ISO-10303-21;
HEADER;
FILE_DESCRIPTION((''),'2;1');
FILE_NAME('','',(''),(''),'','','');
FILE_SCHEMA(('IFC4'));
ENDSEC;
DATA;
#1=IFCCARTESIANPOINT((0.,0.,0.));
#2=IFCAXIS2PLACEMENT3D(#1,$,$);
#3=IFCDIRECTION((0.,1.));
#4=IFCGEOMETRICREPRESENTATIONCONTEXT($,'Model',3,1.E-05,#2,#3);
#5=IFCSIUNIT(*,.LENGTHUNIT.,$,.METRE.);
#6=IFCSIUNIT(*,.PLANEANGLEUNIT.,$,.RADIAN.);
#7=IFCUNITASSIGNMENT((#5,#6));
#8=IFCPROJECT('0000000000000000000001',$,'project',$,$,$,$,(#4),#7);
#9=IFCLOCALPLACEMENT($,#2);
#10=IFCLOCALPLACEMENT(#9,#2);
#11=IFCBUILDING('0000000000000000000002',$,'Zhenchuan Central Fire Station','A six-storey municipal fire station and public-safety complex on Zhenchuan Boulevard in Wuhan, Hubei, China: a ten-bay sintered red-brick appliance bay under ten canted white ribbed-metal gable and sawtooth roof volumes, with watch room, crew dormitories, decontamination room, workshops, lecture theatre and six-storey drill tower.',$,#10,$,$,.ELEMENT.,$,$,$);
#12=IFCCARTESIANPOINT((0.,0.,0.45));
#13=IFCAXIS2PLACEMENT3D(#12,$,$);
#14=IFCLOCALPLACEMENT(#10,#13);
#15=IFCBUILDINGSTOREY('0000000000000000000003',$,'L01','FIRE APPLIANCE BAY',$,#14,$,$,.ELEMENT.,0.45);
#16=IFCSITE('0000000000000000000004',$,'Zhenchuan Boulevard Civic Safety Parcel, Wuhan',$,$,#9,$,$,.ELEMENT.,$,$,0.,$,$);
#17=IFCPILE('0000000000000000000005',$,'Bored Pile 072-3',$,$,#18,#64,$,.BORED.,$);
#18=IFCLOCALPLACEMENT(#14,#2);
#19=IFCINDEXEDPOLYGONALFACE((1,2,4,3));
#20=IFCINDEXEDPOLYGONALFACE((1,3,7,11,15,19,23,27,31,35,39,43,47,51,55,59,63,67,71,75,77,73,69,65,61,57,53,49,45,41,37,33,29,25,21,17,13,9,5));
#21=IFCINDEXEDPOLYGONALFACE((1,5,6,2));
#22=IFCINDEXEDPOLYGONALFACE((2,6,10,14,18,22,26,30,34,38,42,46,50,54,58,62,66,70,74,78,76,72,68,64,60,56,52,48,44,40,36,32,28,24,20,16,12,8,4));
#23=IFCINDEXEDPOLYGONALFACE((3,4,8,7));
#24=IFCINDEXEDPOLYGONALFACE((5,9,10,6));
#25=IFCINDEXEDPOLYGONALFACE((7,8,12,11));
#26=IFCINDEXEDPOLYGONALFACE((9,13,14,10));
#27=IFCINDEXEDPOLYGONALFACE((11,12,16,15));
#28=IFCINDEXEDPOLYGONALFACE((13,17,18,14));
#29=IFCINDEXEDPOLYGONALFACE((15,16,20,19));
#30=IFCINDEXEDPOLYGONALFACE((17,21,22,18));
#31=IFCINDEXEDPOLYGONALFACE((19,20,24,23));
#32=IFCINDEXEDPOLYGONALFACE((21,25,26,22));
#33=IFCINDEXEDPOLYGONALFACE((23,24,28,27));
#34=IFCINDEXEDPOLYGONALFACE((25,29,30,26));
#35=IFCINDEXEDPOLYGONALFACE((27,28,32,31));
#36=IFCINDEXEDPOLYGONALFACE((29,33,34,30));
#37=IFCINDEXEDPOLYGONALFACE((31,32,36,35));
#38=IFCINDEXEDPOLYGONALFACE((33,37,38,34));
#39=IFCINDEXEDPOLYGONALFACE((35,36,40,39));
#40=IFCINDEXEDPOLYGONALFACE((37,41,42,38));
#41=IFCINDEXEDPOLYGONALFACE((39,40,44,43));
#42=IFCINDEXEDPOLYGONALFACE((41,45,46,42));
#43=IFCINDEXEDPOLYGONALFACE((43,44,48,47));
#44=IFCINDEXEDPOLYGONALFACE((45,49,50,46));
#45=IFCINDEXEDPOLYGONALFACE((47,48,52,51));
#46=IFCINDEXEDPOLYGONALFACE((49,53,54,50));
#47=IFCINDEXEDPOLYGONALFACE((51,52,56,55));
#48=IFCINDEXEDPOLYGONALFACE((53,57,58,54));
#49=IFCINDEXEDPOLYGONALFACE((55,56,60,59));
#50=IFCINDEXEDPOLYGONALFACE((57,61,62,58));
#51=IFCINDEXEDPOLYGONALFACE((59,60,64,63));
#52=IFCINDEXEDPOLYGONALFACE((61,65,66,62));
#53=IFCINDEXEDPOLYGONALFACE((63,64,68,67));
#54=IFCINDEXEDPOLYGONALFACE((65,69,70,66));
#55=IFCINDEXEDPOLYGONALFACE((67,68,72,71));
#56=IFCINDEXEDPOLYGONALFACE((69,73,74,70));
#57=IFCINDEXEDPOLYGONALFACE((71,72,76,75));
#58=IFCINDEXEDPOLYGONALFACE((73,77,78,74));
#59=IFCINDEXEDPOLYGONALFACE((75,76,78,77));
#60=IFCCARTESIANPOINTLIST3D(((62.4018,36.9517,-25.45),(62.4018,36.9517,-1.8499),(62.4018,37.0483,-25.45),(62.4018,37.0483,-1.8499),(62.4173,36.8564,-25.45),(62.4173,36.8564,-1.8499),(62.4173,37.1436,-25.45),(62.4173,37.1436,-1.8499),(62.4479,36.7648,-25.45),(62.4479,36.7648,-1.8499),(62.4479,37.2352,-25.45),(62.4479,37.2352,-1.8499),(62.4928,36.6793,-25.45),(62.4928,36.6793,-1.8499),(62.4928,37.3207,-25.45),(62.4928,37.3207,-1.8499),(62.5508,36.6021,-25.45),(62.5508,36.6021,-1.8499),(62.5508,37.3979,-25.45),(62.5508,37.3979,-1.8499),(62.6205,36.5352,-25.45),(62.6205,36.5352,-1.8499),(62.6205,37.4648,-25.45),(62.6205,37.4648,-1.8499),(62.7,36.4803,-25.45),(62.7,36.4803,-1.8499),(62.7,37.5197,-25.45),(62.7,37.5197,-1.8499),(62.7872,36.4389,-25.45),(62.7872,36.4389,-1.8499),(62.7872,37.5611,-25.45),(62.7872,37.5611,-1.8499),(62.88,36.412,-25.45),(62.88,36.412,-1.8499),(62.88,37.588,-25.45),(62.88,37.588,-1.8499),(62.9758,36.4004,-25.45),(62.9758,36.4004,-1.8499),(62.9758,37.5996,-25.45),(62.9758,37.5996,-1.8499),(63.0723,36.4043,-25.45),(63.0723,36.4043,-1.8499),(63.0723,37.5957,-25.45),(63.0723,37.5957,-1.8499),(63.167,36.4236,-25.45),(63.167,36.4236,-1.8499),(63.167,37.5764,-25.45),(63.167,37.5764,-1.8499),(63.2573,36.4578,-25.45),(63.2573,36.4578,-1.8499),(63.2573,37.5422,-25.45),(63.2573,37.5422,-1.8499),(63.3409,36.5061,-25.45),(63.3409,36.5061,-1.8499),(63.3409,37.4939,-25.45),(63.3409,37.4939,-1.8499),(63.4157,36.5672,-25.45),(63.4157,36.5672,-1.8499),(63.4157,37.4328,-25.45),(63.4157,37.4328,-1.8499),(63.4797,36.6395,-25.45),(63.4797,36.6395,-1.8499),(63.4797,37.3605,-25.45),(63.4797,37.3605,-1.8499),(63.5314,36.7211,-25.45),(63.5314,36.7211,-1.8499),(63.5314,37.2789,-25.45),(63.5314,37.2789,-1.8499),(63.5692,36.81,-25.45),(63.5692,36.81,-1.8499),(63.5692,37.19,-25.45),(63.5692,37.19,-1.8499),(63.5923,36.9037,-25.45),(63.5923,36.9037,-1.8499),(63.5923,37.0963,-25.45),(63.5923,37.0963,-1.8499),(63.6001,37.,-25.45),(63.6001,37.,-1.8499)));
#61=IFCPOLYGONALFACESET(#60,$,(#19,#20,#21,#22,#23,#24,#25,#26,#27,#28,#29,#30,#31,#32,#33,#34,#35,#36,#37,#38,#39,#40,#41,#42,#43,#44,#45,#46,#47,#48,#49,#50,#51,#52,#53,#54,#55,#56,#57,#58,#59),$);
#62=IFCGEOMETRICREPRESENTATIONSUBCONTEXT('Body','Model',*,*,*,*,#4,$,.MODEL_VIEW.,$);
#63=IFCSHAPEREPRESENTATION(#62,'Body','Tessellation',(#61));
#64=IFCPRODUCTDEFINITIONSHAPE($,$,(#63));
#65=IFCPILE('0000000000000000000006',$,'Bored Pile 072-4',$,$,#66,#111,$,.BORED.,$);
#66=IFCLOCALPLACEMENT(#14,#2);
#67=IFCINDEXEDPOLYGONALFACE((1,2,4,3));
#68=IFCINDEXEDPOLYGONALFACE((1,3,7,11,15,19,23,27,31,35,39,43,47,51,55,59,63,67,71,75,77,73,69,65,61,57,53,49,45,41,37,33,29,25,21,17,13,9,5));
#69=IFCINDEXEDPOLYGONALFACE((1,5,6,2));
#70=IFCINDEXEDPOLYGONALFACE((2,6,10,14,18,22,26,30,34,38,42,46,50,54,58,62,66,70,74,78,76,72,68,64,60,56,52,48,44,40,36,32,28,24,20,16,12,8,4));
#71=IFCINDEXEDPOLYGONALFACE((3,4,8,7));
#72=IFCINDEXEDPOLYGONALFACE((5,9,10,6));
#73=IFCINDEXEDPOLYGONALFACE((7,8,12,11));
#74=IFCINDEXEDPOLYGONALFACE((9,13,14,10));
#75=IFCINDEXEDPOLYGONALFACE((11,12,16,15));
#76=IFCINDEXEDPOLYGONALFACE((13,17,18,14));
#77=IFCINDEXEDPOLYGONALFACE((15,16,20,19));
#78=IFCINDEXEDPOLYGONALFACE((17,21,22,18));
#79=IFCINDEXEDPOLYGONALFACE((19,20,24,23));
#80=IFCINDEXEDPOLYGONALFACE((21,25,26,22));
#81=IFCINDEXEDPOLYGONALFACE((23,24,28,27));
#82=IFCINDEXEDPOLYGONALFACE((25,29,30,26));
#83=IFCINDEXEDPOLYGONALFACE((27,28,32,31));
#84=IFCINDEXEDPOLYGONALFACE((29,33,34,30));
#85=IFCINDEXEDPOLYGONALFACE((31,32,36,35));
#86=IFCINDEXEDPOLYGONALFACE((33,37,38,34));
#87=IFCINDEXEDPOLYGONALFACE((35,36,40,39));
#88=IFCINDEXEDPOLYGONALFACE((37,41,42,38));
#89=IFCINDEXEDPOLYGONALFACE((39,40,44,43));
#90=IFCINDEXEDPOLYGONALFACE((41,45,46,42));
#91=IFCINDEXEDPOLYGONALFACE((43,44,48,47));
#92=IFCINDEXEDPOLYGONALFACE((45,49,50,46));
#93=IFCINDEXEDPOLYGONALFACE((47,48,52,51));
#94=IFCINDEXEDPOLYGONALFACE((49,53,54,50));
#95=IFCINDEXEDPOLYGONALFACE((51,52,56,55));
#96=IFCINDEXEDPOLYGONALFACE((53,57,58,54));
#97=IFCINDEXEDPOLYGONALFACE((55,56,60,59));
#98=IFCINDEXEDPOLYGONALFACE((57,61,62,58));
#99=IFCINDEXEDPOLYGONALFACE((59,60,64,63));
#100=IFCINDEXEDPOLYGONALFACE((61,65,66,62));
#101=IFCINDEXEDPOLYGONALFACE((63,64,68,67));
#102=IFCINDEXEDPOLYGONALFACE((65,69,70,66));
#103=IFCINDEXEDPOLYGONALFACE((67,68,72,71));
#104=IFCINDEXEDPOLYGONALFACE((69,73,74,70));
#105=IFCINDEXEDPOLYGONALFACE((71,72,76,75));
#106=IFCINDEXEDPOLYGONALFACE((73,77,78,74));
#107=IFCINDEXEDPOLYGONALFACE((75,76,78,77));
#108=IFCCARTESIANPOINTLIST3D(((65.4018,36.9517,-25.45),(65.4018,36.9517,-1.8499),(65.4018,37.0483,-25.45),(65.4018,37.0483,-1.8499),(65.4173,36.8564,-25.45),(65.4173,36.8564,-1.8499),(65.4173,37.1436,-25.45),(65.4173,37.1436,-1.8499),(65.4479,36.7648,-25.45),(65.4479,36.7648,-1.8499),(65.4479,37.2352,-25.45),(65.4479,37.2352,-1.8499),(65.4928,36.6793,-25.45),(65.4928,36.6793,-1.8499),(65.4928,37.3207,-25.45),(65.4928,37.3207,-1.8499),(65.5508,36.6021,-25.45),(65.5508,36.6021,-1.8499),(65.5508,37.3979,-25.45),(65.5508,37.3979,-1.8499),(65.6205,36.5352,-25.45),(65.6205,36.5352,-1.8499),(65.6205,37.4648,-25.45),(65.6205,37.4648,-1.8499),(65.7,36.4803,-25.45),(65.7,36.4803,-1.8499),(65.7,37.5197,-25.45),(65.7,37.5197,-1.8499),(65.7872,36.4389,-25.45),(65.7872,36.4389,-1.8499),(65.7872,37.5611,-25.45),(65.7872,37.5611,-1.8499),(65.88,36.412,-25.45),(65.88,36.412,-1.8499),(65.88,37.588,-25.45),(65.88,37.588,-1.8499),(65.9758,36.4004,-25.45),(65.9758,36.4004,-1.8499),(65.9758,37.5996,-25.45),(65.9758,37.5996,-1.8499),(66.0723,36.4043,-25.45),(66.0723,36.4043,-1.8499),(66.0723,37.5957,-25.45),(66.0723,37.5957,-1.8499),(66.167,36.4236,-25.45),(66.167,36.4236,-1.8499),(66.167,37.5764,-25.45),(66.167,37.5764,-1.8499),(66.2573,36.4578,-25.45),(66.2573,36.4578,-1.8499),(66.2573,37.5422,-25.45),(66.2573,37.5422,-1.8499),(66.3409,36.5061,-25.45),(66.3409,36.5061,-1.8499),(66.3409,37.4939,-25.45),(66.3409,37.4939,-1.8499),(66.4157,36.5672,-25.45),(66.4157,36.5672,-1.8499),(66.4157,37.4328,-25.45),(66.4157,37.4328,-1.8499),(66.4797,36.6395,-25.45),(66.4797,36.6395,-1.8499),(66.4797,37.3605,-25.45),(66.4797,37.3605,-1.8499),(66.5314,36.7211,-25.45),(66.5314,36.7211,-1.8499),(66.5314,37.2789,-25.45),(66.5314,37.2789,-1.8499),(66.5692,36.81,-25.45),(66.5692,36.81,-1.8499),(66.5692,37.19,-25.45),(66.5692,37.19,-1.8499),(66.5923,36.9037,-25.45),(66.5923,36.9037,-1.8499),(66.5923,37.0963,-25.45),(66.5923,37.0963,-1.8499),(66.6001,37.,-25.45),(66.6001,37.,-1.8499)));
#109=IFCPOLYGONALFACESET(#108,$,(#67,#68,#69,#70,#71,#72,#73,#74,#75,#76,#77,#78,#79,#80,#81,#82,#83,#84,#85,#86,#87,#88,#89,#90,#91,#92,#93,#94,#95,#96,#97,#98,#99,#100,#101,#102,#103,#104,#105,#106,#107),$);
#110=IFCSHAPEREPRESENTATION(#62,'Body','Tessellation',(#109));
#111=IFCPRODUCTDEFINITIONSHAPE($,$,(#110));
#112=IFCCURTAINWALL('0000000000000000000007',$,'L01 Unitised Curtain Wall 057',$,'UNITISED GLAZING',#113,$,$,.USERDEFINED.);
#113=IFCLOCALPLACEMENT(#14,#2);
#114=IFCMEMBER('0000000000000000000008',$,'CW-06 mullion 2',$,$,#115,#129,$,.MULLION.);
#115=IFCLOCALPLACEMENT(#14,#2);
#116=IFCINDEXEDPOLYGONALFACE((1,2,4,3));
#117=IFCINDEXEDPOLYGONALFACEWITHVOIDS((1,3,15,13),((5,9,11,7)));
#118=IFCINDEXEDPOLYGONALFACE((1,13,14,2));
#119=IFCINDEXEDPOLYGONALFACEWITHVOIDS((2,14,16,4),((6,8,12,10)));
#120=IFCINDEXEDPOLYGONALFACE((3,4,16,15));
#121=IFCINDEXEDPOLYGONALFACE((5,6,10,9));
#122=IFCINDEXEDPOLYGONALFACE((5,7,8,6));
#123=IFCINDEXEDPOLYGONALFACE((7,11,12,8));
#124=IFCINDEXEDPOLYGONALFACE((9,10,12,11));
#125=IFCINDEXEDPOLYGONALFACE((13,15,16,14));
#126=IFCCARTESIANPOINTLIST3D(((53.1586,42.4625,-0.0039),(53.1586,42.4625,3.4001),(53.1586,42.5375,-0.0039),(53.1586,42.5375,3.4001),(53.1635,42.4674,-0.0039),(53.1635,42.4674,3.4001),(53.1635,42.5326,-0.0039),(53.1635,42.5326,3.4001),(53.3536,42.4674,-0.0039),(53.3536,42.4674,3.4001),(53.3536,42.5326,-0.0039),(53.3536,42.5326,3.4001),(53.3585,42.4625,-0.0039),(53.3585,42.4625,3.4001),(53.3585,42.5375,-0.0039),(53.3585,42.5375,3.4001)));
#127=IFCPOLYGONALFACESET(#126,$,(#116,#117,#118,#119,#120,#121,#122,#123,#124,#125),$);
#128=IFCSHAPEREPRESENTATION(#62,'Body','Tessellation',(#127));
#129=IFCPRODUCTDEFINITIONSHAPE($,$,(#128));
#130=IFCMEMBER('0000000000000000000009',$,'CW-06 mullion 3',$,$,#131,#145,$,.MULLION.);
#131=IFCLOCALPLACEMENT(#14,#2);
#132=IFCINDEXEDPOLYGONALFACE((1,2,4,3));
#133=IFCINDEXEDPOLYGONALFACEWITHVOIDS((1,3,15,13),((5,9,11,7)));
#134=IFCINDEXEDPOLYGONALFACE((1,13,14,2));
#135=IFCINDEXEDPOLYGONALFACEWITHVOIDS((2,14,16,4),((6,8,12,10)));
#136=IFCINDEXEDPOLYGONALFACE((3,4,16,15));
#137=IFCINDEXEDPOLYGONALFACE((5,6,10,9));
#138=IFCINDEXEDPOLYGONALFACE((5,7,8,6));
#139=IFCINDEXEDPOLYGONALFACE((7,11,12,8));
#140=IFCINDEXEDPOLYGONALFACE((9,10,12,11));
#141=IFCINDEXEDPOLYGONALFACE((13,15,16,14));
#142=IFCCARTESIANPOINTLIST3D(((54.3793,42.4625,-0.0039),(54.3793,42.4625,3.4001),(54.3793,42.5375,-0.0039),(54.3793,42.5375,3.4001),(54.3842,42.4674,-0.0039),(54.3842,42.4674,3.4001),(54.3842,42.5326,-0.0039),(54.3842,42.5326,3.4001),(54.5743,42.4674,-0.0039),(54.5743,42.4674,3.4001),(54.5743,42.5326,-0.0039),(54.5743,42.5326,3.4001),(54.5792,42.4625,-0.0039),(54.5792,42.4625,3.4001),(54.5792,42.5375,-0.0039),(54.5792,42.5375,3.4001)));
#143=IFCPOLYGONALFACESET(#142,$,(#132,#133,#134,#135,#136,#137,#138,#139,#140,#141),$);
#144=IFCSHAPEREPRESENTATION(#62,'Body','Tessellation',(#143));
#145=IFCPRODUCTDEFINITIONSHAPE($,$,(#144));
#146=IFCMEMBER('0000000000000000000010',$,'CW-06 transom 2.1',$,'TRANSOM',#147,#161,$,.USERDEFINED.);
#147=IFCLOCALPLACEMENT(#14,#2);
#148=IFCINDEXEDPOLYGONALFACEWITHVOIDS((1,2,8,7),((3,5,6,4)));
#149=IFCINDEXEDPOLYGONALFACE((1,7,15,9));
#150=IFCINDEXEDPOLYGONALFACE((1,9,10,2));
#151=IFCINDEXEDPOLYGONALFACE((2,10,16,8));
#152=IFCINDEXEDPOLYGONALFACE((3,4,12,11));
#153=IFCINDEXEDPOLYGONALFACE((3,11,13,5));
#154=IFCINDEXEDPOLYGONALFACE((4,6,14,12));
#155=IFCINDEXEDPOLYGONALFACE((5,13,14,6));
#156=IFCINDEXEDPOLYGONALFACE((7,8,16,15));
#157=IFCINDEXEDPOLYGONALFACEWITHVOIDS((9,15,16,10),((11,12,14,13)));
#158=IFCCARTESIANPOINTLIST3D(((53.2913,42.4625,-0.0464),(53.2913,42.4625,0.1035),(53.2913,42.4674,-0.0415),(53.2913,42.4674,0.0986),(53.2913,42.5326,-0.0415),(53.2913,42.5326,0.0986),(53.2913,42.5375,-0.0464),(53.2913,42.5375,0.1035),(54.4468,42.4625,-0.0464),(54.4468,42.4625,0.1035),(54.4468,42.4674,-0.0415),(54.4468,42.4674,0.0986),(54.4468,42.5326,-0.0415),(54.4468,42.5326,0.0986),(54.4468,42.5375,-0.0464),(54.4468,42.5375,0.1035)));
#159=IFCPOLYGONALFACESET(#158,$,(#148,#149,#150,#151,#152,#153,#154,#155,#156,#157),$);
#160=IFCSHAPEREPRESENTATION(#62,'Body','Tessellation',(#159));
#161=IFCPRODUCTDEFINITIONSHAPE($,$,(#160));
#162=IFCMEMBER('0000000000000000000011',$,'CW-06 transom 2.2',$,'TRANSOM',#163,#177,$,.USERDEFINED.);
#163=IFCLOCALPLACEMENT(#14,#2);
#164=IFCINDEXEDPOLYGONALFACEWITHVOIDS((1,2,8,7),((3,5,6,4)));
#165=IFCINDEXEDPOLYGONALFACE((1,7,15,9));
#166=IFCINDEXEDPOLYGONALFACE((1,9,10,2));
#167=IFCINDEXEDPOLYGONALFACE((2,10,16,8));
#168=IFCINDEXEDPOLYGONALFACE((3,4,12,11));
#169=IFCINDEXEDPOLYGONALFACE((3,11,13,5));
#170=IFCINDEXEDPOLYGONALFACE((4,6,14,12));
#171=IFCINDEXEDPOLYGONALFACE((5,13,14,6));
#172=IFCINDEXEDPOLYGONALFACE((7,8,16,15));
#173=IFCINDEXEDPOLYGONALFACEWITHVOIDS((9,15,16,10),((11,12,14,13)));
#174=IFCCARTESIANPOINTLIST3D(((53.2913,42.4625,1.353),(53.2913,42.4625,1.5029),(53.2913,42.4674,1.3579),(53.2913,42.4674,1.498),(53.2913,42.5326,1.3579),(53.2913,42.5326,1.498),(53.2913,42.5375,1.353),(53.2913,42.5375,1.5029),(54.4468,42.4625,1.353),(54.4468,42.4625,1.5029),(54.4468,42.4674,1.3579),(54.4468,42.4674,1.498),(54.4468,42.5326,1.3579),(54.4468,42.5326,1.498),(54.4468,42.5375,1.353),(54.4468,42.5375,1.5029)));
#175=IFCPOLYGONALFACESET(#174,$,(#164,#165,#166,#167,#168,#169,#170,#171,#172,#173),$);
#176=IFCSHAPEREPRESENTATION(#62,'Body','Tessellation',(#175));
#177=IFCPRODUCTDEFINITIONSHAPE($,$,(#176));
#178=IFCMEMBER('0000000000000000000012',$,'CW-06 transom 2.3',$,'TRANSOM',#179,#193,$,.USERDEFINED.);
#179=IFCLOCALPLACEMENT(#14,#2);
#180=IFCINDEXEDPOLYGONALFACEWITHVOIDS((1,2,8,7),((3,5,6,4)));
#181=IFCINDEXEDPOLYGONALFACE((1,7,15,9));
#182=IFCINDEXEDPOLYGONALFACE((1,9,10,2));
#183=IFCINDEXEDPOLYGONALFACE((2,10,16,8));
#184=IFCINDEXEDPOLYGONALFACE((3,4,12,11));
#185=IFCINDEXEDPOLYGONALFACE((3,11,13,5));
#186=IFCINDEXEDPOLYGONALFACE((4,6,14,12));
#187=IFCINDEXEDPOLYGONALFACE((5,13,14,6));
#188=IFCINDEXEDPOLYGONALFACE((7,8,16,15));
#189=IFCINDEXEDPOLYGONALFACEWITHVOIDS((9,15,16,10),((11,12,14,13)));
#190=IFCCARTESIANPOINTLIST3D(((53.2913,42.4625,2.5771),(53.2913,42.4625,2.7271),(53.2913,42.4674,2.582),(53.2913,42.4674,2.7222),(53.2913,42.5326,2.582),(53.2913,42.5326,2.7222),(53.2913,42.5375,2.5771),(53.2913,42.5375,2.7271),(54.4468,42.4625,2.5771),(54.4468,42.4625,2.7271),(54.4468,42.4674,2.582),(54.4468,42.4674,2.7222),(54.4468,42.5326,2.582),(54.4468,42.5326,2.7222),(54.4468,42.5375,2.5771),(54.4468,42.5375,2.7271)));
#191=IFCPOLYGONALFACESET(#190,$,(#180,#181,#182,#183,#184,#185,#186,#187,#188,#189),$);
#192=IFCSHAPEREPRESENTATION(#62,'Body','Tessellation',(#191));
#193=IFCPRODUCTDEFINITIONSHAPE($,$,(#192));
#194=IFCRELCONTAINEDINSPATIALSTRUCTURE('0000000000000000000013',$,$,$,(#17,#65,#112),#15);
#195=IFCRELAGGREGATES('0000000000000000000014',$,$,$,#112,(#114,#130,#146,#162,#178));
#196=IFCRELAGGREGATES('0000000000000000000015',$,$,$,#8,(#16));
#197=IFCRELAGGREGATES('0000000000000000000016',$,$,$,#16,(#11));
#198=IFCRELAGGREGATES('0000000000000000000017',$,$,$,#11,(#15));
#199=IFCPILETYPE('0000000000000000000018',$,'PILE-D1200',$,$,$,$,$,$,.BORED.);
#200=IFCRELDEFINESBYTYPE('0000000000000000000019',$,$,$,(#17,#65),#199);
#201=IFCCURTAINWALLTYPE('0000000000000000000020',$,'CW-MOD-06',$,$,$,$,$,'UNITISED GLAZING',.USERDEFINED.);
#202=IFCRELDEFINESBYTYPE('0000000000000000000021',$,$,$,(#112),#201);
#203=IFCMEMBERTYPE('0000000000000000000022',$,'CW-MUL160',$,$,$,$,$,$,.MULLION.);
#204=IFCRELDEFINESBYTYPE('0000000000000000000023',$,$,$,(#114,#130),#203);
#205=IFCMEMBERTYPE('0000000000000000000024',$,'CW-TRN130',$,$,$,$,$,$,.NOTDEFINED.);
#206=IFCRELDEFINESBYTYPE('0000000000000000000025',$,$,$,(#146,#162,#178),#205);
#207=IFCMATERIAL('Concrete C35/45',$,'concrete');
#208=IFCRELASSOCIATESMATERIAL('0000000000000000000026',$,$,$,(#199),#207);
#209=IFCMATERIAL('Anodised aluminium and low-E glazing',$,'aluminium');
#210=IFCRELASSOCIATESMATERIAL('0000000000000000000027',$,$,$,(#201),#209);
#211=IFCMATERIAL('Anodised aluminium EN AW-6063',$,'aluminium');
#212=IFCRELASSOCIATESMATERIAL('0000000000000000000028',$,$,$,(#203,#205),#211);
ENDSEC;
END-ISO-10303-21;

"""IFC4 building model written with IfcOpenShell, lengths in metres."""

from ifc_helpers import new_model, si_unit, direction, frame, origin, origin_2d, place, context, subcontext, project, spatial, hollow_rectangle, circle, extrude, material, material_profile, profile_set, type_object, element, aggregate, save


model = new_model("IFC4")

# Units and contexts
model_context = context("Model", 3, precision=1e-05, world=origin(), true_north=direction((0.0, 1.0)))
body_context = subcontext(model_context, "Body", "Model", "MODEL_VIEW")
ifc_project = project(units=[si_unit("LENGTHUNIT", "METRE"), si_unit("PLANEANGLEUNIT", "RADIAN")], contexts=[model_context])

# Site, building, storey
site_placement = place(None, origin())
site = spatial("IfcSite", under=ifc_project, at=site_placement, Name="Zhenchuan Boulevard Civic Safety Parcel, Wuhan", CompositionType="ELEMENT", RefElevation=0.0)
building_placement = place(site_placement, origin())
building = spatial("IfcBuilding", under=site, at=building_placement, Name="Zhenchuan Central Fire Station", Description="A six-storey municipal fire station and public-safety complex on Zhenchuan Boulevard in Wuhan, Hubei, China: a ten-bay sintered red-brick appliance bay under ten canted white ribbed-metal gable and sawtooth roof volumes, with watch room, crew dormitories, decontamination room, workshops, lecture theatre and six-storey drill tower.", CompositionType="ELEMENT")
storey_placement = place(building_placement, frame((0.0, 0.0, 0.45)))
storey = spatial("IfcBuildingStorey", under=building, at=storey_placement, Name="L01", Description="FIRE APPLIANCE BAY", CompositionType="ELEMENT", Elevation=0.45)

# Piles
ifc_material_1 = material(Name="Concrete C35/45", Category="concrete")
ifc_material_profile_1 = material_profile(ifc_material_1, circle(Radius=0.6001, at=origin_2d()), Name="PILE D1200")
ifc_profile_set_1 = profile_set([ifc_material_profile_1], Name="Concrete C35/45")
pile_type_1 = type_object("IfcPileType", Name="PILE-D1200", PredefinedType="BORED", material=ifc_profile_set_1)
for number, where, z_axis, x_axis, name in (
    (1, (63.0, 37.0, -1.8499), (0.0, 0.0, -1.0), (1.0, 0.0, 0.0), "Bored Pile 072-3"),
    (2, (66.0, 37.0, -1.8499), (0.0, 0.0, -1.0), (1.0, 0.0, 0.0), "Bored Pile 072-4"),
):
    element("IfcPile", number, at=place(storey_placement, frame(where, z_axis=z_axis, x_axis=x_axis)), inside=storey, type_object=pile_type_1, Name=name, PredefinedType="BORED", context=body_context, shape_type="SweptSolid", body=[
        extrude(circle(Radius=0.6001, at=origin_2d()), origin(), (0.0, 0.0, 1.0), 23.6001),
    ])

# Curtain wall, members
ifc_material_2 = material(Name="Anodised aluminium and low-E glazing", Category="aluminium")
curtain_wall_type = type_object("IfcCurtainWallType", Name="CW-MOD-06", ElementType="UNITISED GLAZING", PredefinedType="USERDEFINED", material=ifc_material_2)
curtain_wall_placement = place(storey_placement, origin())
curtain_wall = element("IfcCurtainWall", 3, at=curtain_wall_placement, inside=storey, type_object=curtain_wall_type, Name="L01 Unitised Curtain Wall 057", ObjectType="UNITISED GLAZING", PredefinedType="USERDEFINED")
ifc_material_3 = material(Name="Anodised aluminium EN AW-6063", Category="aluminium")
ifc_material_profile_2 = material_profile(ifc_material_3, hollow_rectangle(XDim=0.075, YDim=0.2, WallThickness=0.0049, at=origin_2d()), Name="ALU-M 200x75")
ifc_profile_set_2 = profile_set([ifc_material_profile_2], Name="Anodised aluminium EN AW-6063")
member_type_1 = type_object("IfcMemberType", Name="CW-MUL160", PredefinedType="MULLION", material=ifc_profile_set_2)
member_1_placement = place(storey_placement, frame((53.2585, 42.5, -0.0039), z_axis=(0.0, 0.0, 1.0), x_axis=(0.0, 1.0, 0.0)))
member_1 = element("IfcMember", 4, at=member_1_placement, type_object=member_type_1, Name="CW-06 mullion 2", PredefinedType="MULLION", context=body_context, shape_type="SweptSolid", body=[
    extrude(hollow_rectangle(XDim=0.075, YDim=0.2, WallThickness=0.0049, at=origin_2d()), origin(), (0.0, 0.0, 1.0), 3.4041),
])
member_2_placement = place(storey_placement, frame((54.4792, 42.5, -0.0039), z_axis=(0.0, 0.0, 1.0), x_axis=(0.0, 1.0, 0.0)))
member_2 = element("IfcMember", 5, at=member_2_placement, type_object=member_type_1, Name="CW-06 mullion 3", PredefinedType="MULLION", context=body_context, shape_type="SweptSolid", body=[
    extrude(hollow_rectangle(XDim=0.075, YDim=0.2, WallThickness=0.0049, at=origin_2d()), origin(), (0.0, 0.0, 1.0), 3.4041),
])
ifc_material_profile_3 = material_profile(ifc_material_3, hollow_rectangle(XDim=0.075, YDim=0.1499, WallThickness=0.0049, at=origin_2d()), Name="ALU-T 150x75")
ifc_profile_set_3 = profile_set([ifc_material_profile_3], Name="Anodised aluminium EN AW-6063")
member_type_2 = type_object("IfcMemberType", Name="CW-TRN130", PredefinedType="NOTDEFINED", material=ifc_profile_set_3)
member_3_placement = place(storey_placement, frame((53.2913, 42.5, 0.0286), z_axis=(1.0, 0.0, 0.0), x_axis=(0.0, 1.0, 0.0)))
member_3 = element("IfcMember", 6, at=member_3_placement, type_object=member_type_2, Name="CW-06 transom 2.1", ObjectType="TRANSOM", PredefinedType="USERDEFINED", context=body_context, shape_type="SweptSolid", body=[
    extrude(hollow_rectangle(XDim=0.075, YDim=0.1499, WallThickness=0.0049, at=origin_2d()), origin(), (0.0, 0.0, 1.0), 1.1555),
])
member_4_placement = place(storey_placement, frame((53.2913, 42.5, 1.428), z_axis=(1.0, 0.0, 0.0), x_axis=(0.0, 1.0, 0.0)))
member_4 = element("IfcMember", 7, at=member_4_placement, type_object=member_type_2, Name="CW-06 transom 2.2", ObjectType="TRANSOM", PredefinedType="USERDEFINED", context=body_context, shape_type="SweptSolid", body=[
    extrude(hollow_rectangle(XDim=0.075, YDim=0.1499, WallThickness=0.0049, at=origin_2d()), origin(), (0.0, 0.0, 1.0), 1.1555),
])
member_5_placement = place(storey_placement, frame((53.2913, 42.5, 2.6521), z_axis=(1.0, 0.0, 0.0), x_axis=(0.0, 1.0, 0.0)))
member_5 = element("IfcMember", 8, at=member_5_placement, type_object=member_type_2, Name="CW-06 transom 2.3", ObjectType="TRANSOM", PredefinedType="USERDEFINED", context=body_context, shape_type="SweptSolid", body=[
    extrude(hollow_rectangle(XDim=0.075, YDim=0.1499, WallThickness=0.0049, at=origin_2d()), origin(), (0.0, 0.0, 1.0), 1.1555),
])
aggregate(curtain_wall, [member_1, member_2, member_3, member_4, member_5])

save(model, "model.ifc")
